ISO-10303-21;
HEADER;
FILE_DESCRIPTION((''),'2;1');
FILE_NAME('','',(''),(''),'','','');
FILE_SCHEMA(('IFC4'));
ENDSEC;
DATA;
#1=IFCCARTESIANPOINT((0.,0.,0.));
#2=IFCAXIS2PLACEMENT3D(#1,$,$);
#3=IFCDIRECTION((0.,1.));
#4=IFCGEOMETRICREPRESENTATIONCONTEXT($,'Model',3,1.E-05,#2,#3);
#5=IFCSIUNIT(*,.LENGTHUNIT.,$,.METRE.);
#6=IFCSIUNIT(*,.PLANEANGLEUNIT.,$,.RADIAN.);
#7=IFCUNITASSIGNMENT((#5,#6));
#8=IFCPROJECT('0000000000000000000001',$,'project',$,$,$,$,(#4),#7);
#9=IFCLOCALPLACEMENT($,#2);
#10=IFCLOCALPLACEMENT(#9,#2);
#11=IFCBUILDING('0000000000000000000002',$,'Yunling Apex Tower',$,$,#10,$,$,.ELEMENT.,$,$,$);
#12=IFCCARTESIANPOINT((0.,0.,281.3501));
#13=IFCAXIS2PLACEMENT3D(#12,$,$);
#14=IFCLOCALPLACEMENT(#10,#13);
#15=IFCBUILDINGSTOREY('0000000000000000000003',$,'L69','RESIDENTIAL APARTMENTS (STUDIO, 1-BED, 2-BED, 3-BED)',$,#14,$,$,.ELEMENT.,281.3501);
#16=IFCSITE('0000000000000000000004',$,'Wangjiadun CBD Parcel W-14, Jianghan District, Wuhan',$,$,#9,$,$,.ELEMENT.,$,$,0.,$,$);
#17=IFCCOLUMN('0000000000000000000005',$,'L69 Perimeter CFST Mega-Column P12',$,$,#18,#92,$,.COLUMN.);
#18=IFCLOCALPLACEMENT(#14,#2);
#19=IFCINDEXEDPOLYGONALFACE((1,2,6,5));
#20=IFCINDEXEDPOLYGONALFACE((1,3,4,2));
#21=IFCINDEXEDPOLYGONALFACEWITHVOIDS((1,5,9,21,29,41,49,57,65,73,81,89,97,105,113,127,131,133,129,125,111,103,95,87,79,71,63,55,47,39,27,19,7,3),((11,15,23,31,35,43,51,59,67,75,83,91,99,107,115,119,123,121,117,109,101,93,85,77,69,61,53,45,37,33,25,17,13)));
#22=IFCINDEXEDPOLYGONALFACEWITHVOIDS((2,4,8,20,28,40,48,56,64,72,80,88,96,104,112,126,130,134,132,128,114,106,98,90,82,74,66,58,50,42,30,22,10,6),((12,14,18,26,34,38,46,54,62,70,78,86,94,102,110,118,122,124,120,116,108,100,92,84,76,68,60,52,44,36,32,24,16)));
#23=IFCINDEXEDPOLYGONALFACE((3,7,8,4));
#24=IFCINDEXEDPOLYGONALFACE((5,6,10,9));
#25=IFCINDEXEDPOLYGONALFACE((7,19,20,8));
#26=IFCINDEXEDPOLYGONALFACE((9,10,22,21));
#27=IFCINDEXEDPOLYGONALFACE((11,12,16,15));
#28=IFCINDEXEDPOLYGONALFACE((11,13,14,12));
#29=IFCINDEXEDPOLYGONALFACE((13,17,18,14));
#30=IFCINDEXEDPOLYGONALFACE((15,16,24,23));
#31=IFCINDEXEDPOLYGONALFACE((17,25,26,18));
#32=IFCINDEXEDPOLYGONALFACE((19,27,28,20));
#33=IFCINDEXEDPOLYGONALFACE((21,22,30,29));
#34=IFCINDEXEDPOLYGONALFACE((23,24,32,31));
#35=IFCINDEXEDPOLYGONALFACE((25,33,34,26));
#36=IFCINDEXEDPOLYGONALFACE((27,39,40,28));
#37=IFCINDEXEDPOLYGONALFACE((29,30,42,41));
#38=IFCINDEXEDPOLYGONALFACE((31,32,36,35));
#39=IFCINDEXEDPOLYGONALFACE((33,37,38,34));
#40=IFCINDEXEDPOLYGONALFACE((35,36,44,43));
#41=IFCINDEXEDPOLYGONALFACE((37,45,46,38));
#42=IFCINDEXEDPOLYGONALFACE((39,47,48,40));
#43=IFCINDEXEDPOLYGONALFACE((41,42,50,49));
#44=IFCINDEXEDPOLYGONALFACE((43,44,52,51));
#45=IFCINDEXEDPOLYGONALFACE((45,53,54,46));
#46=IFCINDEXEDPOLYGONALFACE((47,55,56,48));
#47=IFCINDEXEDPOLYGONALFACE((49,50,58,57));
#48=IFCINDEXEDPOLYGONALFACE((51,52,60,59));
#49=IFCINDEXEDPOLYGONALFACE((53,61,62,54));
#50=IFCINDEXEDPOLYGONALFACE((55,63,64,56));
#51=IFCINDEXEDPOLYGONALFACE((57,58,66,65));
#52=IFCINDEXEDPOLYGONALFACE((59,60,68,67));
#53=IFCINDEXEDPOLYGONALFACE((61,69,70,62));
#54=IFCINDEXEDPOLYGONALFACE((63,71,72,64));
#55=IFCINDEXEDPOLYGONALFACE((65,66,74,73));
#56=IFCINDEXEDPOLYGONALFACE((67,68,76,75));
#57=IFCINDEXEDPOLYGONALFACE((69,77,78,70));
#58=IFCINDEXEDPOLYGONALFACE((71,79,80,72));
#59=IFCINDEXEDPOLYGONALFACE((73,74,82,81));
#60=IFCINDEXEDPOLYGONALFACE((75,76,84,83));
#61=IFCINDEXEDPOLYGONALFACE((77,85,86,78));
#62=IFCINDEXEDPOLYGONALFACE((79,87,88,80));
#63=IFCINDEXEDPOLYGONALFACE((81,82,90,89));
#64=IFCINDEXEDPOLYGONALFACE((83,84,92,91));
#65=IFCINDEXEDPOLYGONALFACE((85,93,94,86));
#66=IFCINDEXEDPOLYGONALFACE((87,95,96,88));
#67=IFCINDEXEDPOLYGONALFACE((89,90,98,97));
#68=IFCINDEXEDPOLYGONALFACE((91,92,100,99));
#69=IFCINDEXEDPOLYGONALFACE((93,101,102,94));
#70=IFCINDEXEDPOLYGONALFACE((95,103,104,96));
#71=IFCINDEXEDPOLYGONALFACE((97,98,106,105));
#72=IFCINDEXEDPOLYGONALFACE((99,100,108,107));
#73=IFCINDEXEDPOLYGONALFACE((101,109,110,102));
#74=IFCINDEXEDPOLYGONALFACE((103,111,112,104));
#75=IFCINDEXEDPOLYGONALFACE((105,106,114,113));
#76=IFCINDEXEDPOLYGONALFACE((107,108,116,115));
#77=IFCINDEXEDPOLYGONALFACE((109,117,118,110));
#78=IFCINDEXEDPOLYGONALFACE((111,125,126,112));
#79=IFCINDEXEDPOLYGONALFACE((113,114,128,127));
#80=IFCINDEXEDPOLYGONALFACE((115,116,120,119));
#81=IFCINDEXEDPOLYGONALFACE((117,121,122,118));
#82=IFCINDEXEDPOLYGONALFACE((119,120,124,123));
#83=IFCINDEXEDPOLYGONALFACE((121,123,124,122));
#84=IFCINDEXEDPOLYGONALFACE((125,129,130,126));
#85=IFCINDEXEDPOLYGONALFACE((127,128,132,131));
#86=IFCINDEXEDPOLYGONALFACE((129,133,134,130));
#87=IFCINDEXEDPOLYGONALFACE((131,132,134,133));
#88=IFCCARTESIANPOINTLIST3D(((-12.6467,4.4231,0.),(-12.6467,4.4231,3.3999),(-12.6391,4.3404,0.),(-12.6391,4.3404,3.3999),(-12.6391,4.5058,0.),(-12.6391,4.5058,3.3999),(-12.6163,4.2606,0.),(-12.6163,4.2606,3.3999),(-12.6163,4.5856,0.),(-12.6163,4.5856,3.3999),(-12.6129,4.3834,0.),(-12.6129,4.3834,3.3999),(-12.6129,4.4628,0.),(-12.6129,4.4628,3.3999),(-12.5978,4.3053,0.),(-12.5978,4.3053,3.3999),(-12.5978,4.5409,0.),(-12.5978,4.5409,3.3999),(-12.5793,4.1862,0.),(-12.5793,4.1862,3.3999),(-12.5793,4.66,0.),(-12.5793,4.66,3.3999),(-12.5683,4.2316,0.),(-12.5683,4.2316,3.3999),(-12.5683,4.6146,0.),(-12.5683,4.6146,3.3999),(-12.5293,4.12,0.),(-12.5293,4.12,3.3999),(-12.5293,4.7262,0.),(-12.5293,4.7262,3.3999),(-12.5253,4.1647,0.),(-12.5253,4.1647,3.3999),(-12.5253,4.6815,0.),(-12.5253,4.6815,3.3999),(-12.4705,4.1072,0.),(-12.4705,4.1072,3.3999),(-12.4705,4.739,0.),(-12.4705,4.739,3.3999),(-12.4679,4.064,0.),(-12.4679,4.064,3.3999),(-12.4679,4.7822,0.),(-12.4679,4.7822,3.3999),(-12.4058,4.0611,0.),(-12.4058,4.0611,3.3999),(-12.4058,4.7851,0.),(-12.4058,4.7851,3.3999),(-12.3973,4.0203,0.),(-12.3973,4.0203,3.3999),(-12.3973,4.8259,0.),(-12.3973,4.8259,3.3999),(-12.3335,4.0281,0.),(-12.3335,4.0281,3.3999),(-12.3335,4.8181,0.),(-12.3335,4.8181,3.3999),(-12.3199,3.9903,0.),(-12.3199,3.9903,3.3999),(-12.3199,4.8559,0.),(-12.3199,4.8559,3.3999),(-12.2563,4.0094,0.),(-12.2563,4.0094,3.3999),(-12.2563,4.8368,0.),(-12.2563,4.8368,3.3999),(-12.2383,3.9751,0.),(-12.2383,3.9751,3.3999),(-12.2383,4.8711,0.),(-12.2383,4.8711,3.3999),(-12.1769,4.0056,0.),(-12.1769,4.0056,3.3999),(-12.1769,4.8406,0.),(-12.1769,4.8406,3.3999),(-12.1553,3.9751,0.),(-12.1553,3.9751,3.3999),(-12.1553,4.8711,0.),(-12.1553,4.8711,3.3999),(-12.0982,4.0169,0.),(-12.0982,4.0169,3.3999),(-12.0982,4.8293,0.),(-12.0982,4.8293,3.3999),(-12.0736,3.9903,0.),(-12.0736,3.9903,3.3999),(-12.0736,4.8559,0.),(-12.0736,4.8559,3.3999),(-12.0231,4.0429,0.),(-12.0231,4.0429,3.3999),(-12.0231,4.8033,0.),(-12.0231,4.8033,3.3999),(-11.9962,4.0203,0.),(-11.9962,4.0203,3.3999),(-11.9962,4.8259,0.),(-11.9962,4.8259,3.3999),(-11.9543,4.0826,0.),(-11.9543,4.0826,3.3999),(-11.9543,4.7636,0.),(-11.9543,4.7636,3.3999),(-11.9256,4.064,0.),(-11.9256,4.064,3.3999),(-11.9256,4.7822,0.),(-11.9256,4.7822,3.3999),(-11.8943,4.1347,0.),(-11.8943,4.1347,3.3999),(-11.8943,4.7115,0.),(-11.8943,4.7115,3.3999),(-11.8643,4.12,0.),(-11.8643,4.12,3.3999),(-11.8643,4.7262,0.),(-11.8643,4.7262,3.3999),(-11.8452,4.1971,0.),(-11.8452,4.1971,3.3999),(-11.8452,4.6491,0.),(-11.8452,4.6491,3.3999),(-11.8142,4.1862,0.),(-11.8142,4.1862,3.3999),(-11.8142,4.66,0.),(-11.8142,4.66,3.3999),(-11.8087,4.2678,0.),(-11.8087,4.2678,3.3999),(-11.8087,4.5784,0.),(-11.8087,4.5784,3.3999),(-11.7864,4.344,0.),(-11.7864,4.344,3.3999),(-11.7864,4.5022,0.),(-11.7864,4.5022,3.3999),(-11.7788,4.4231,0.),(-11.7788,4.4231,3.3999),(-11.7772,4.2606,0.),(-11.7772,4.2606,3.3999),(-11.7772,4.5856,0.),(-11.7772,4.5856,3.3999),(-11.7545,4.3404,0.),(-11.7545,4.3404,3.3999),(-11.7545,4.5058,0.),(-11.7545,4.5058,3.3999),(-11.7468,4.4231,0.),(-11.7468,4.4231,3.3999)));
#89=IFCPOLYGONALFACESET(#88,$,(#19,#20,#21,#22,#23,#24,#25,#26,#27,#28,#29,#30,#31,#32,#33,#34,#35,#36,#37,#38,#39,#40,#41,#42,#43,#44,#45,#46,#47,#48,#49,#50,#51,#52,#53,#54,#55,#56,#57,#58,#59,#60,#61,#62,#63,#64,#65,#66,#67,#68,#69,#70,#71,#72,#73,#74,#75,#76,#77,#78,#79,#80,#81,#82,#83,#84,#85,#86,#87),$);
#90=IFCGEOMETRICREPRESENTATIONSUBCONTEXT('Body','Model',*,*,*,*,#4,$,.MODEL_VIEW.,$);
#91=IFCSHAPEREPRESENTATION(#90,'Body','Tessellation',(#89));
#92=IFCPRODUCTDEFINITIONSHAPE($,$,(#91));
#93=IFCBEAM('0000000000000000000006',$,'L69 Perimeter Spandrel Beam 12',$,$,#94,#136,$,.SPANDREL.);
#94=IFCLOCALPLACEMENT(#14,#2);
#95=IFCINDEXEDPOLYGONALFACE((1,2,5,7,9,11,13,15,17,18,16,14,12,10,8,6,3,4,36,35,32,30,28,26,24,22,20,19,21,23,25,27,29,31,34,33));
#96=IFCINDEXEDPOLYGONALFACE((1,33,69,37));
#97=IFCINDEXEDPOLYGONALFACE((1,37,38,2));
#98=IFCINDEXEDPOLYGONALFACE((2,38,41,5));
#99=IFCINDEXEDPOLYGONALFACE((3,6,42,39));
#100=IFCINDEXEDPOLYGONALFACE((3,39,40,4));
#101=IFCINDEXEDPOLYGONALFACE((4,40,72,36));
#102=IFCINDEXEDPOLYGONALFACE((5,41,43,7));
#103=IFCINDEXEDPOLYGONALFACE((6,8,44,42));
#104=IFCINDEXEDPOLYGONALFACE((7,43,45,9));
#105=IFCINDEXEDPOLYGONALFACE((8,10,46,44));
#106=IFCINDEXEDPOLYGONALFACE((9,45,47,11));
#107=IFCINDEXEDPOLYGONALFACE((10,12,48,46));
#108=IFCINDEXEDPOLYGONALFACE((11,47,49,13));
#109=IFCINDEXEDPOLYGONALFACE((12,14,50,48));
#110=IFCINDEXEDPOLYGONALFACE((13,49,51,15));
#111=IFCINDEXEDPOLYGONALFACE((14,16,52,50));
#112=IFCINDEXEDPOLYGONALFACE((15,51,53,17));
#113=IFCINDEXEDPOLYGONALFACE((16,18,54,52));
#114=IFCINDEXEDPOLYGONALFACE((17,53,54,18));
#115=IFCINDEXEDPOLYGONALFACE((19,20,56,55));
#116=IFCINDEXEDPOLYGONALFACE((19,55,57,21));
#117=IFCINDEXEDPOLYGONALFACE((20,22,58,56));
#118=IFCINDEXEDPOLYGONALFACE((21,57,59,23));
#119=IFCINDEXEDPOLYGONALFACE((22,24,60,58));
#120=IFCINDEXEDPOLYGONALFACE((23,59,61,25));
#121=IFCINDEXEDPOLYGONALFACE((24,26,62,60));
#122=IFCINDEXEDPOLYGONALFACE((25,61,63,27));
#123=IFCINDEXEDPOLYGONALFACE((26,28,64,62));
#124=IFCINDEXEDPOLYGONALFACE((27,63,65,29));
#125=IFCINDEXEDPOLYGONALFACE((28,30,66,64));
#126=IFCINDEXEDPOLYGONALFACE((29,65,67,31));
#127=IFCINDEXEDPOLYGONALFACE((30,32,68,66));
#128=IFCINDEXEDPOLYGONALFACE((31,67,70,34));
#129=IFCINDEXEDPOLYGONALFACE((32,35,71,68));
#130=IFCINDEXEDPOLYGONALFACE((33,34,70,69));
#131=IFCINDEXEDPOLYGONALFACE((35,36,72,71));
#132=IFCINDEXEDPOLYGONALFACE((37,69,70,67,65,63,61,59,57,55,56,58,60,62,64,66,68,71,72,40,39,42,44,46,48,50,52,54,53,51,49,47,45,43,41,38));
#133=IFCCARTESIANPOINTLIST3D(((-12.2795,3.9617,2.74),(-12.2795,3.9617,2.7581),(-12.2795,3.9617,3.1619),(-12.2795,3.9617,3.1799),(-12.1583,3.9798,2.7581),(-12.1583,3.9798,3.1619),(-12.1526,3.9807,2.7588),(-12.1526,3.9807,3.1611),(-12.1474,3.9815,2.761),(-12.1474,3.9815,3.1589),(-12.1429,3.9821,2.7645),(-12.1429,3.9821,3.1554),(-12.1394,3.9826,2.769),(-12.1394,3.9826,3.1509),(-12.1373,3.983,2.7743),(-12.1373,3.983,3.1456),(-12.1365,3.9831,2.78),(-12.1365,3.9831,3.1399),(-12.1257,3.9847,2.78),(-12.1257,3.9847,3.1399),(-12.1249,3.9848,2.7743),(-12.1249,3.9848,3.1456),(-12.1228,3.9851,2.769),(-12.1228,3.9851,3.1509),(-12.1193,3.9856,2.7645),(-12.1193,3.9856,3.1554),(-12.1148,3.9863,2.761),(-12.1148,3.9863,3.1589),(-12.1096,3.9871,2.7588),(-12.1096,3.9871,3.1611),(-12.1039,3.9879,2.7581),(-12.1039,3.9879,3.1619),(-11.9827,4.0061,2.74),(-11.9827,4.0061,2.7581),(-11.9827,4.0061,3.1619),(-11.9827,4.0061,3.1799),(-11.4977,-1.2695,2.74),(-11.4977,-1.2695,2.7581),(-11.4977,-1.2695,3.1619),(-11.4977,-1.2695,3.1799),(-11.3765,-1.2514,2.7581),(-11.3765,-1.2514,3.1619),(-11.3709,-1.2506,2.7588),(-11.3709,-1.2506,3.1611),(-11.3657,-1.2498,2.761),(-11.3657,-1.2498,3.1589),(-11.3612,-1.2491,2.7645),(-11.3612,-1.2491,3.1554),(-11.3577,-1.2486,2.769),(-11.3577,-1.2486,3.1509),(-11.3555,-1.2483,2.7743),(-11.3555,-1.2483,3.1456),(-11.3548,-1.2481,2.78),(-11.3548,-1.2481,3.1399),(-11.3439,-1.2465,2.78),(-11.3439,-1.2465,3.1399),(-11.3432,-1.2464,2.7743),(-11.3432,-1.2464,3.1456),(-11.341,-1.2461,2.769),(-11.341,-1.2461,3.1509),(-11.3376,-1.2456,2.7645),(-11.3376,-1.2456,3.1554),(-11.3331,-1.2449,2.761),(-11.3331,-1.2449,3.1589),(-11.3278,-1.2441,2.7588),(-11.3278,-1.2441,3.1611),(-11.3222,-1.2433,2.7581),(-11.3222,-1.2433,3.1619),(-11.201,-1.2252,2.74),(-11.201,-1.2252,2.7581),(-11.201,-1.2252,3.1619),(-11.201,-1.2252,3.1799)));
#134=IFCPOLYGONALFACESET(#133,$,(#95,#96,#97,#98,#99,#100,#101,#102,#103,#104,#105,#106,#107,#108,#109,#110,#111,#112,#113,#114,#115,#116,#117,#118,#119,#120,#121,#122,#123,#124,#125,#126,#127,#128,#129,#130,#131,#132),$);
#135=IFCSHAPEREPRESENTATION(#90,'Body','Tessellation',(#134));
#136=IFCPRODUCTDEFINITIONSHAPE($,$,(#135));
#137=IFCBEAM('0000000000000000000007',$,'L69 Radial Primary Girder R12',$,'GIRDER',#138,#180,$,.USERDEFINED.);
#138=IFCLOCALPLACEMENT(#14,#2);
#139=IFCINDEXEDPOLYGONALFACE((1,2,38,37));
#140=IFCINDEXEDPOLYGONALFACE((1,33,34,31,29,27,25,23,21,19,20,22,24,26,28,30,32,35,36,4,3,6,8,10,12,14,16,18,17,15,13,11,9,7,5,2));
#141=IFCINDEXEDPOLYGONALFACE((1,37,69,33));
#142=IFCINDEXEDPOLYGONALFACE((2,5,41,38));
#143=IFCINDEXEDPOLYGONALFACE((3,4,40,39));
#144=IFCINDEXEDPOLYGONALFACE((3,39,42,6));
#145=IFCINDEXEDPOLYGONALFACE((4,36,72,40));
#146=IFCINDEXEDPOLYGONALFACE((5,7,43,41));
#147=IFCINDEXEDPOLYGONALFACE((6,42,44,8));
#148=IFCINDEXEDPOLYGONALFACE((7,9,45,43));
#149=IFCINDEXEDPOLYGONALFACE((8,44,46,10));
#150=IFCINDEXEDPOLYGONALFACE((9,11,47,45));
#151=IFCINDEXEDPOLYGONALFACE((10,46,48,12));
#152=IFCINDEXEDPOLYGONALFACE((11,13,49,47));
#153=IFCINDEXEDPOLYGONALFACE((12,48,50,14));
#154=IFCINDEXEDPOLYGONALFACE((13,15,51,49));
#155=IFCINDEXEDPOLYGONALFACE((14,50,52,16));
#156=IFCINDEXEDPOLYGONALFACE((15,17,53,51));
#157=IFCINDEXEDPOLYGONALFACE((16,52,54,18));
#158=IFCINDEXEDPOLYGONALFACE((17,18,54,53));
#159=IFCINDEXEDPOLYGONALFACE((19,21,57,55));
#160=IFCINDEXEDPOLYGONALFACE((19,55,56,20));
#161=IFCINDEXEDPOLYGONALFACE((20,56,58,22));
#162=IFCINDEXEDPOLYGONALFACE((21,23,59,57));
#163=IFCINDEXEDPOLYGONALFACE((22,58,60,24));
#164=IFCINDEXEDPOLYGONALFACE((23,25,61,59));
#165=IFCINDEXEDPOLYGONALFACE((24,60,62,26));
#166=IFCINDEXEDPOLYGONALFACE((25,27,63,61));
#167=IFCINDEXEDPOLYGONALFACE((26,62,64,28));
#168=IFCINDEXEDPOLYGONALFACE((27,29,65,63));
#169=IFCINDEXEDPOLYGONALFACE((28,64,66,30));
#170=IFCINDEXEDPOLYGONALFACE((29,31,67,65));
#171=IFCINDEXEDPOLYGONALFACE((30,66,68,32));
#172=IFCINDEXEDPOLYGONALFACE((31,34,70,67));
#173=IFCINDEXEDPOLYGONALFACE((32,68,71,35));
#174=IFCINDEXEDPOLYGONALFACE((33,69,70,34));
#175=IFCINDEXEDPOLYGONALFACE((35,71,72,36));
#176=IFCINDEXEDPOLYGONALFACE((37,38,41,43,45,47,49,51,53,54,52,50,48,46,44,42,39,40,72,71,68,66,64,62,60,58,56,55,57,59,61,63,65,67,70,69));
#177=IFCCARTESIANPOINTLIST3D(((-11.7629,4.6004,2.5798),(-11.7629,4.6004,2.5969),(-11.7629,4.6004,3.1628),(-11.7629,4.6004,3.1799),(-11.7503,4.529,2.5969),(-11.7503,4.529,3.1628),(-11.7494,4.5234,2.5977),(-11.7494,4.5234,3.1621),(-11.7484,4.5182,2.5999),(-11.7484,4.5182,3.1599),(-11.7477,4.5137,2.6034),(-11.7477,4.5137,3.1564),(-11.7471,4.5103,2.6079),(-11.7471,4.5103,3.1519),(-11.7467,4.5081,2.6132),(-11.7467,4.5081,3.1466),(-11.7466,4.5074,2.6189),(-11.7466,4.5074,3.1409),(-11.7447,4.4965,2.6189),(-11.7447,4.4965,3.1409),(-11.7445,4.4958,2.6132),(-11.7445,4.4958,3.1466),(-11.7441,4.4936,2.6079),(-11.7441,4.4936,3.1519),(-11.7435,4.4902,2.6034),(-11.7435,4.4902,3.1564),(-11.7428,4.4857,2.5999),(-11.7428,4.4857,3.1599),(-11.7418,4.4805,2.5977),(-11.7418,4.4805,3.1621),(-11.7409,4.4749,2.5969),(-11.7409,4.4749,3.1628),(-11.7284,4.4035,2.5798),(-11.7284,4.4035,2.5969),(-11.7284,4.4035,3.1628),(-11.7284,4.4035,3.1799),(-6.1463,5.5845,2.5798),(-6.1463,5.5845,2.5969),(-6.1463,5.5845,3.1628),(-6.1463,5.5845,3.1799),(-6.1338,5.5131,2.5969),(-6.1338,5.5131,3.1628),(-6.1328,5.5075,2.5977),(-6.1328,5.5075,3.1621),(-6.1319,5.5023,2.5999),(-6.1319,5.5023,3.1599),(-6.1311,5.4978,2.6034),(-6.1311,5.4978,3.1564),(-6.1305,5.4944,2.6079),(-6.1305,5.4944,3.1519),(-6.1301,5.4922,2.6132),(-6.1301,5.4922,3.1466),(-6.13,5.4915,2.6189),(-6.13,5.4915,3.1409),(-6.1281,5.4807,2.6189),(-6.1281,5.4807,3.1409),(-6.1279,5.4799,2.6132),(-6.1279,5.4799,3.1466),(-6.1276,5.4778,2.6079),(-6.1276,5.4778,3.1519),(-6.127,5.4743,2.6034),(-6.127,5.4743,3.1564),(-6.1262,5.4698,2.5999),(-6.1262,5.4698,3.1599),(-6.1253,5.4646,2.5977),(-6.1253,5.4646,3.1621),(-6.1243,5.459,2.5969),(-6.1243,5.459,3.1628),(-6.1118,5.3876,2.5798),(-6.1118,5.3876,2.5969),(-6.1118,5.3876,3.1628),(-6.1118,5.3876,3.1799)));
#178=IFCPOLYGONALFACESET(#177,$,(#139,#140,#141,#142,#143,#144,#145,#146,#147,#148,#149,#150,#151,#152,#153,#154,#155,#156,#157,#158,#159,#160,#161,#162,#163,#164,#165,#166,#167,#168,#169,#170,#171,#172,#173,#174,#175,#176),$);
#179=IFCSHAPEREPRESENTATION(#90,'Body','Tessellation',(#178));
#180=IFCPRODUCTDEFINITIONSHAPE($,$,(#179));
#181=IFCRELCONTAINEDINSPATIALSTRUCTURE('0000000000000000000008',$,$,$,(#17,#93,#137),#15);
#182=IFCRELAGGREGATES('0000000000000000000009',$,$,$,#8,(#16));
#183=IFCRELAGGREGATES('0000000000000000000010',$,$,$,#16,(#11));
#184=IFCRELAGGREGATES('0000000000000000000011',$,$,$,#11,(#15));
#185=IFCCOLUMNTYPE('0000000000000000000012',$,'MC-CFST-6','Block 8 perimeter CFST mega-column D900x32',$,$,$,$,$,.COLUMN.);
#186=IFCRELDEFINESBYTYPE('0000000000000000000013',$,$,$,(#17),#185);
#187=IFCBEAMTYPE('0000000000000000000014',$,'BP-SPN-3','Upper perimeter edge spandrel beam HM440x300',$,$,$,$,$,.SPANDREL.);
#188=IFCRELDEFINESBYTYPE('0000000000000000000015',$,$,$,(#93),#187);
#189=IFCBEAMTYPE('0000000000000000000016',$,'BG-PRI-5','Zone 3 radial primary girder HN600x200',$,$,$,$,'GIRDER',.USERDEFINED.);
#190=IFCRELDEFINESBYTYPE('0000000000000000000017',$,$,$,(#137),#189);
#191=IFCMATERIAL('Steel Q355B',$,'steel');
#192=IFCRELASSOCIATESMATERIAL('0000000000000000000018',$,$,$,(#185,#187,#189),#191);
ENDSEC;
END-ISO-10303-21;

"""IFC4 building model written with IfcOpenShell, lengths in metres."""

from ifc_helpers import new_model, si_unit, direction, frame, origin, origin_2d, place, context, subcontext, project, spatial, hollow_circle, i_section, extrude, source, transform, mapped, material, material_profile, profile_set, type_object, element, save


model = new_model("IFC4")

# Units and contexts
model_context = context("Model", 3, precision=1e-05, world=origin(), true_north=direction((0.0, 1.0)))
body_context = subcontext(model_context, "Body", "Model", "MODEL_VIEW")
ifc_project = project(units=[si_unit("LENGTHUNIT", "METRE"), si_unit("PLANEANGLEUNIT", "RADIAN")], contexts=[model_context])

# Site, building, storey
site_placement = place(None, origin())
site = spatial("IfcSite", under=ifc_project, at=site_placement, Name="Wangjiadun CBD Parcel W-14, Jianghan District, Wuhan", CompositionType="ELEMENT", RefElevation=0.0)
building_placement = place(site_placement, origin())
building = spatial("IfcBuilding", under=site, at=building_placement, Name="Yunling Apex Tower", CompositionType="ELEMENT")
storey_placement = place(building_placement, frame((0.0, 0.0, 281.3501)))
storey = spatial("IfcBuildingStorey", under=building, at=storey_placement, Name="L69", Description="RESIDENTIAL APARTMENTS (STUDIO, 1-BED, 2-BED, 3-BED)", CompositionType="ELEMENT", Elevation=281.3501)

# Column
ifc_material_1 = material(Name="Steel Q355B", Category="steel")
ifc_material_profile_1 = material_profile(ifc_material_1, hollow_circle(Radius=0.45, WallThickness=0.032, at=origin_2d()))
ifc_profile_set_1 = profile_set([ifc_material_profile_1], Name="Steel Q355B")
column_type = type_object("IfcColumnType", Name="MC-CFST-6", Description="Block 8 perimeter CFST mega-column D900x32", PredefinedType="COLUMN", material=ifc_profile_set_1)
shared_shape_1 = source(origin(), body_context, "Body", "SweptSolid", [
    extrude(hollow_circle(Radius=0.45, WallThickness=0.032, at=origin_2d()), origin(), (0.0, 0.0, 1.0), 3.3999),
])
column_placement = place(storey_placement, frame((-12.1968, 4.4231, 0.0), z_axis=(0.0, 0.0, 1.0), x_axis=(1.0, 0.0, 0.0)))
element("IfcColumn", 1, at=column_placement, inside=storey, type_object=column_type, Name="L69 Perimeter CFST Mega-Column P12", PredefinedType="COLUMN", context=body_context, shape_type="MappedRepresentation", body=[
    mapped(shared_shape_1, transform((0.0, 0.0, 0.0), scale=1.0)),
])

# Beams
ifc_material_profile_2 = material_profile(ifc_material_1, i_section(OverallWidth=0.3, OverallDepth=0.4399, WebThickness=0.011, FlangeThickness=0.0181, FilletRadius=0.022, at=origin_2d()))
ifc_profile_set_2 = profile_set([ifc_material_profile_2], Name="Steel Q355B")
beam_type_1 = type_object("IfcBeamType", Name="BP-SPN-3", Description="Upper perimeter edge spandrel beam HM440x300", PredefinedType="SPANDREL", material=ifc_profile_set_2)
shared_shape_2 = source(origin(), body_context, "Body", "SweptSolid", [
    extrude(i_section(OverallWidth=0.3, OverallDepth=0.4399, WebThickness=0.011, FlangeThickness=0.0181, FilletRadius=0.022, at=origin_2d()), origin(), (0.0, 0.0, 1.0), 5.2893),
])
beam_1_placement = place(storey_placement, frame((-12.1311, 3.9839, 2.96), z_axis=(0.147796, -0.989018, 0.0), x_axis=(0.989018, 0.147796, 0.0)))
element("IfcBeam", 2, at=beam_1_placement, inside=storey, type_object=beam_type_1, Name="L69 Perimeter Spandrel Beam 12", PredefinedType="SPANDREL", context=body_context, shape_type="MappedRepresentation", body=[
    mapped(shared_shape_2, transform((0.0, 0.0, 0.0), scale=1.0)),
])
ifc_material_profile_3 = material_profile(ifc_material_1, i_section(OverallWidth=0.2, OverallDepth=0.6001, WebThickness=0.011, FlangeThickness=0.0171, FilletRadius=0.022, at=origin_2d()))
ifc_profile_set_3 = profile_set([ifc_material_profile_3], Name="Steel Q355B")
beam_type_2 = type_object("IfcBeamType", Name="BG-PRI-5", Description="Zone 3 radial primary girder HN600x200", ElementType="GIRDER", PredefinedType="USERDEFINED", material=ifc_profile_set_3)
shared_shape_3 = source(origin(), body_context, "Body", "SweptSolid", [
    extrude(i_section(OverallWidth=0.2, OverallDepth=0.6001, WebThickness=0.011, FlangeThickness=0.0171, FilletRadius=0.022, at=origin_2d()), origin(), (0.0, 0.0, 1.0), 5.7021),
])
beam_2_placement = place(storey_placement, frame((-11.7456, 4.502, 2.8799), z_axis=(0.984994, 0.172586, 0.0), x_axis=(-0.172586, 0.984994, 0.0)))
element("IfcBeam", 3, at=beam_2_placement, inside=storey, type_object=beam_type_2, Name="L69 Radial Primary Girder R12", ObjectType="GIRDER", PredefinedType="USERDEFINED", context=body_context, shape_type="MappedRepresentation", body=[
    mapped(shared_shape_3, transform((0.0, 0.0, 0.0), scale=1.0)),
])

save(model, "model.ifc")
